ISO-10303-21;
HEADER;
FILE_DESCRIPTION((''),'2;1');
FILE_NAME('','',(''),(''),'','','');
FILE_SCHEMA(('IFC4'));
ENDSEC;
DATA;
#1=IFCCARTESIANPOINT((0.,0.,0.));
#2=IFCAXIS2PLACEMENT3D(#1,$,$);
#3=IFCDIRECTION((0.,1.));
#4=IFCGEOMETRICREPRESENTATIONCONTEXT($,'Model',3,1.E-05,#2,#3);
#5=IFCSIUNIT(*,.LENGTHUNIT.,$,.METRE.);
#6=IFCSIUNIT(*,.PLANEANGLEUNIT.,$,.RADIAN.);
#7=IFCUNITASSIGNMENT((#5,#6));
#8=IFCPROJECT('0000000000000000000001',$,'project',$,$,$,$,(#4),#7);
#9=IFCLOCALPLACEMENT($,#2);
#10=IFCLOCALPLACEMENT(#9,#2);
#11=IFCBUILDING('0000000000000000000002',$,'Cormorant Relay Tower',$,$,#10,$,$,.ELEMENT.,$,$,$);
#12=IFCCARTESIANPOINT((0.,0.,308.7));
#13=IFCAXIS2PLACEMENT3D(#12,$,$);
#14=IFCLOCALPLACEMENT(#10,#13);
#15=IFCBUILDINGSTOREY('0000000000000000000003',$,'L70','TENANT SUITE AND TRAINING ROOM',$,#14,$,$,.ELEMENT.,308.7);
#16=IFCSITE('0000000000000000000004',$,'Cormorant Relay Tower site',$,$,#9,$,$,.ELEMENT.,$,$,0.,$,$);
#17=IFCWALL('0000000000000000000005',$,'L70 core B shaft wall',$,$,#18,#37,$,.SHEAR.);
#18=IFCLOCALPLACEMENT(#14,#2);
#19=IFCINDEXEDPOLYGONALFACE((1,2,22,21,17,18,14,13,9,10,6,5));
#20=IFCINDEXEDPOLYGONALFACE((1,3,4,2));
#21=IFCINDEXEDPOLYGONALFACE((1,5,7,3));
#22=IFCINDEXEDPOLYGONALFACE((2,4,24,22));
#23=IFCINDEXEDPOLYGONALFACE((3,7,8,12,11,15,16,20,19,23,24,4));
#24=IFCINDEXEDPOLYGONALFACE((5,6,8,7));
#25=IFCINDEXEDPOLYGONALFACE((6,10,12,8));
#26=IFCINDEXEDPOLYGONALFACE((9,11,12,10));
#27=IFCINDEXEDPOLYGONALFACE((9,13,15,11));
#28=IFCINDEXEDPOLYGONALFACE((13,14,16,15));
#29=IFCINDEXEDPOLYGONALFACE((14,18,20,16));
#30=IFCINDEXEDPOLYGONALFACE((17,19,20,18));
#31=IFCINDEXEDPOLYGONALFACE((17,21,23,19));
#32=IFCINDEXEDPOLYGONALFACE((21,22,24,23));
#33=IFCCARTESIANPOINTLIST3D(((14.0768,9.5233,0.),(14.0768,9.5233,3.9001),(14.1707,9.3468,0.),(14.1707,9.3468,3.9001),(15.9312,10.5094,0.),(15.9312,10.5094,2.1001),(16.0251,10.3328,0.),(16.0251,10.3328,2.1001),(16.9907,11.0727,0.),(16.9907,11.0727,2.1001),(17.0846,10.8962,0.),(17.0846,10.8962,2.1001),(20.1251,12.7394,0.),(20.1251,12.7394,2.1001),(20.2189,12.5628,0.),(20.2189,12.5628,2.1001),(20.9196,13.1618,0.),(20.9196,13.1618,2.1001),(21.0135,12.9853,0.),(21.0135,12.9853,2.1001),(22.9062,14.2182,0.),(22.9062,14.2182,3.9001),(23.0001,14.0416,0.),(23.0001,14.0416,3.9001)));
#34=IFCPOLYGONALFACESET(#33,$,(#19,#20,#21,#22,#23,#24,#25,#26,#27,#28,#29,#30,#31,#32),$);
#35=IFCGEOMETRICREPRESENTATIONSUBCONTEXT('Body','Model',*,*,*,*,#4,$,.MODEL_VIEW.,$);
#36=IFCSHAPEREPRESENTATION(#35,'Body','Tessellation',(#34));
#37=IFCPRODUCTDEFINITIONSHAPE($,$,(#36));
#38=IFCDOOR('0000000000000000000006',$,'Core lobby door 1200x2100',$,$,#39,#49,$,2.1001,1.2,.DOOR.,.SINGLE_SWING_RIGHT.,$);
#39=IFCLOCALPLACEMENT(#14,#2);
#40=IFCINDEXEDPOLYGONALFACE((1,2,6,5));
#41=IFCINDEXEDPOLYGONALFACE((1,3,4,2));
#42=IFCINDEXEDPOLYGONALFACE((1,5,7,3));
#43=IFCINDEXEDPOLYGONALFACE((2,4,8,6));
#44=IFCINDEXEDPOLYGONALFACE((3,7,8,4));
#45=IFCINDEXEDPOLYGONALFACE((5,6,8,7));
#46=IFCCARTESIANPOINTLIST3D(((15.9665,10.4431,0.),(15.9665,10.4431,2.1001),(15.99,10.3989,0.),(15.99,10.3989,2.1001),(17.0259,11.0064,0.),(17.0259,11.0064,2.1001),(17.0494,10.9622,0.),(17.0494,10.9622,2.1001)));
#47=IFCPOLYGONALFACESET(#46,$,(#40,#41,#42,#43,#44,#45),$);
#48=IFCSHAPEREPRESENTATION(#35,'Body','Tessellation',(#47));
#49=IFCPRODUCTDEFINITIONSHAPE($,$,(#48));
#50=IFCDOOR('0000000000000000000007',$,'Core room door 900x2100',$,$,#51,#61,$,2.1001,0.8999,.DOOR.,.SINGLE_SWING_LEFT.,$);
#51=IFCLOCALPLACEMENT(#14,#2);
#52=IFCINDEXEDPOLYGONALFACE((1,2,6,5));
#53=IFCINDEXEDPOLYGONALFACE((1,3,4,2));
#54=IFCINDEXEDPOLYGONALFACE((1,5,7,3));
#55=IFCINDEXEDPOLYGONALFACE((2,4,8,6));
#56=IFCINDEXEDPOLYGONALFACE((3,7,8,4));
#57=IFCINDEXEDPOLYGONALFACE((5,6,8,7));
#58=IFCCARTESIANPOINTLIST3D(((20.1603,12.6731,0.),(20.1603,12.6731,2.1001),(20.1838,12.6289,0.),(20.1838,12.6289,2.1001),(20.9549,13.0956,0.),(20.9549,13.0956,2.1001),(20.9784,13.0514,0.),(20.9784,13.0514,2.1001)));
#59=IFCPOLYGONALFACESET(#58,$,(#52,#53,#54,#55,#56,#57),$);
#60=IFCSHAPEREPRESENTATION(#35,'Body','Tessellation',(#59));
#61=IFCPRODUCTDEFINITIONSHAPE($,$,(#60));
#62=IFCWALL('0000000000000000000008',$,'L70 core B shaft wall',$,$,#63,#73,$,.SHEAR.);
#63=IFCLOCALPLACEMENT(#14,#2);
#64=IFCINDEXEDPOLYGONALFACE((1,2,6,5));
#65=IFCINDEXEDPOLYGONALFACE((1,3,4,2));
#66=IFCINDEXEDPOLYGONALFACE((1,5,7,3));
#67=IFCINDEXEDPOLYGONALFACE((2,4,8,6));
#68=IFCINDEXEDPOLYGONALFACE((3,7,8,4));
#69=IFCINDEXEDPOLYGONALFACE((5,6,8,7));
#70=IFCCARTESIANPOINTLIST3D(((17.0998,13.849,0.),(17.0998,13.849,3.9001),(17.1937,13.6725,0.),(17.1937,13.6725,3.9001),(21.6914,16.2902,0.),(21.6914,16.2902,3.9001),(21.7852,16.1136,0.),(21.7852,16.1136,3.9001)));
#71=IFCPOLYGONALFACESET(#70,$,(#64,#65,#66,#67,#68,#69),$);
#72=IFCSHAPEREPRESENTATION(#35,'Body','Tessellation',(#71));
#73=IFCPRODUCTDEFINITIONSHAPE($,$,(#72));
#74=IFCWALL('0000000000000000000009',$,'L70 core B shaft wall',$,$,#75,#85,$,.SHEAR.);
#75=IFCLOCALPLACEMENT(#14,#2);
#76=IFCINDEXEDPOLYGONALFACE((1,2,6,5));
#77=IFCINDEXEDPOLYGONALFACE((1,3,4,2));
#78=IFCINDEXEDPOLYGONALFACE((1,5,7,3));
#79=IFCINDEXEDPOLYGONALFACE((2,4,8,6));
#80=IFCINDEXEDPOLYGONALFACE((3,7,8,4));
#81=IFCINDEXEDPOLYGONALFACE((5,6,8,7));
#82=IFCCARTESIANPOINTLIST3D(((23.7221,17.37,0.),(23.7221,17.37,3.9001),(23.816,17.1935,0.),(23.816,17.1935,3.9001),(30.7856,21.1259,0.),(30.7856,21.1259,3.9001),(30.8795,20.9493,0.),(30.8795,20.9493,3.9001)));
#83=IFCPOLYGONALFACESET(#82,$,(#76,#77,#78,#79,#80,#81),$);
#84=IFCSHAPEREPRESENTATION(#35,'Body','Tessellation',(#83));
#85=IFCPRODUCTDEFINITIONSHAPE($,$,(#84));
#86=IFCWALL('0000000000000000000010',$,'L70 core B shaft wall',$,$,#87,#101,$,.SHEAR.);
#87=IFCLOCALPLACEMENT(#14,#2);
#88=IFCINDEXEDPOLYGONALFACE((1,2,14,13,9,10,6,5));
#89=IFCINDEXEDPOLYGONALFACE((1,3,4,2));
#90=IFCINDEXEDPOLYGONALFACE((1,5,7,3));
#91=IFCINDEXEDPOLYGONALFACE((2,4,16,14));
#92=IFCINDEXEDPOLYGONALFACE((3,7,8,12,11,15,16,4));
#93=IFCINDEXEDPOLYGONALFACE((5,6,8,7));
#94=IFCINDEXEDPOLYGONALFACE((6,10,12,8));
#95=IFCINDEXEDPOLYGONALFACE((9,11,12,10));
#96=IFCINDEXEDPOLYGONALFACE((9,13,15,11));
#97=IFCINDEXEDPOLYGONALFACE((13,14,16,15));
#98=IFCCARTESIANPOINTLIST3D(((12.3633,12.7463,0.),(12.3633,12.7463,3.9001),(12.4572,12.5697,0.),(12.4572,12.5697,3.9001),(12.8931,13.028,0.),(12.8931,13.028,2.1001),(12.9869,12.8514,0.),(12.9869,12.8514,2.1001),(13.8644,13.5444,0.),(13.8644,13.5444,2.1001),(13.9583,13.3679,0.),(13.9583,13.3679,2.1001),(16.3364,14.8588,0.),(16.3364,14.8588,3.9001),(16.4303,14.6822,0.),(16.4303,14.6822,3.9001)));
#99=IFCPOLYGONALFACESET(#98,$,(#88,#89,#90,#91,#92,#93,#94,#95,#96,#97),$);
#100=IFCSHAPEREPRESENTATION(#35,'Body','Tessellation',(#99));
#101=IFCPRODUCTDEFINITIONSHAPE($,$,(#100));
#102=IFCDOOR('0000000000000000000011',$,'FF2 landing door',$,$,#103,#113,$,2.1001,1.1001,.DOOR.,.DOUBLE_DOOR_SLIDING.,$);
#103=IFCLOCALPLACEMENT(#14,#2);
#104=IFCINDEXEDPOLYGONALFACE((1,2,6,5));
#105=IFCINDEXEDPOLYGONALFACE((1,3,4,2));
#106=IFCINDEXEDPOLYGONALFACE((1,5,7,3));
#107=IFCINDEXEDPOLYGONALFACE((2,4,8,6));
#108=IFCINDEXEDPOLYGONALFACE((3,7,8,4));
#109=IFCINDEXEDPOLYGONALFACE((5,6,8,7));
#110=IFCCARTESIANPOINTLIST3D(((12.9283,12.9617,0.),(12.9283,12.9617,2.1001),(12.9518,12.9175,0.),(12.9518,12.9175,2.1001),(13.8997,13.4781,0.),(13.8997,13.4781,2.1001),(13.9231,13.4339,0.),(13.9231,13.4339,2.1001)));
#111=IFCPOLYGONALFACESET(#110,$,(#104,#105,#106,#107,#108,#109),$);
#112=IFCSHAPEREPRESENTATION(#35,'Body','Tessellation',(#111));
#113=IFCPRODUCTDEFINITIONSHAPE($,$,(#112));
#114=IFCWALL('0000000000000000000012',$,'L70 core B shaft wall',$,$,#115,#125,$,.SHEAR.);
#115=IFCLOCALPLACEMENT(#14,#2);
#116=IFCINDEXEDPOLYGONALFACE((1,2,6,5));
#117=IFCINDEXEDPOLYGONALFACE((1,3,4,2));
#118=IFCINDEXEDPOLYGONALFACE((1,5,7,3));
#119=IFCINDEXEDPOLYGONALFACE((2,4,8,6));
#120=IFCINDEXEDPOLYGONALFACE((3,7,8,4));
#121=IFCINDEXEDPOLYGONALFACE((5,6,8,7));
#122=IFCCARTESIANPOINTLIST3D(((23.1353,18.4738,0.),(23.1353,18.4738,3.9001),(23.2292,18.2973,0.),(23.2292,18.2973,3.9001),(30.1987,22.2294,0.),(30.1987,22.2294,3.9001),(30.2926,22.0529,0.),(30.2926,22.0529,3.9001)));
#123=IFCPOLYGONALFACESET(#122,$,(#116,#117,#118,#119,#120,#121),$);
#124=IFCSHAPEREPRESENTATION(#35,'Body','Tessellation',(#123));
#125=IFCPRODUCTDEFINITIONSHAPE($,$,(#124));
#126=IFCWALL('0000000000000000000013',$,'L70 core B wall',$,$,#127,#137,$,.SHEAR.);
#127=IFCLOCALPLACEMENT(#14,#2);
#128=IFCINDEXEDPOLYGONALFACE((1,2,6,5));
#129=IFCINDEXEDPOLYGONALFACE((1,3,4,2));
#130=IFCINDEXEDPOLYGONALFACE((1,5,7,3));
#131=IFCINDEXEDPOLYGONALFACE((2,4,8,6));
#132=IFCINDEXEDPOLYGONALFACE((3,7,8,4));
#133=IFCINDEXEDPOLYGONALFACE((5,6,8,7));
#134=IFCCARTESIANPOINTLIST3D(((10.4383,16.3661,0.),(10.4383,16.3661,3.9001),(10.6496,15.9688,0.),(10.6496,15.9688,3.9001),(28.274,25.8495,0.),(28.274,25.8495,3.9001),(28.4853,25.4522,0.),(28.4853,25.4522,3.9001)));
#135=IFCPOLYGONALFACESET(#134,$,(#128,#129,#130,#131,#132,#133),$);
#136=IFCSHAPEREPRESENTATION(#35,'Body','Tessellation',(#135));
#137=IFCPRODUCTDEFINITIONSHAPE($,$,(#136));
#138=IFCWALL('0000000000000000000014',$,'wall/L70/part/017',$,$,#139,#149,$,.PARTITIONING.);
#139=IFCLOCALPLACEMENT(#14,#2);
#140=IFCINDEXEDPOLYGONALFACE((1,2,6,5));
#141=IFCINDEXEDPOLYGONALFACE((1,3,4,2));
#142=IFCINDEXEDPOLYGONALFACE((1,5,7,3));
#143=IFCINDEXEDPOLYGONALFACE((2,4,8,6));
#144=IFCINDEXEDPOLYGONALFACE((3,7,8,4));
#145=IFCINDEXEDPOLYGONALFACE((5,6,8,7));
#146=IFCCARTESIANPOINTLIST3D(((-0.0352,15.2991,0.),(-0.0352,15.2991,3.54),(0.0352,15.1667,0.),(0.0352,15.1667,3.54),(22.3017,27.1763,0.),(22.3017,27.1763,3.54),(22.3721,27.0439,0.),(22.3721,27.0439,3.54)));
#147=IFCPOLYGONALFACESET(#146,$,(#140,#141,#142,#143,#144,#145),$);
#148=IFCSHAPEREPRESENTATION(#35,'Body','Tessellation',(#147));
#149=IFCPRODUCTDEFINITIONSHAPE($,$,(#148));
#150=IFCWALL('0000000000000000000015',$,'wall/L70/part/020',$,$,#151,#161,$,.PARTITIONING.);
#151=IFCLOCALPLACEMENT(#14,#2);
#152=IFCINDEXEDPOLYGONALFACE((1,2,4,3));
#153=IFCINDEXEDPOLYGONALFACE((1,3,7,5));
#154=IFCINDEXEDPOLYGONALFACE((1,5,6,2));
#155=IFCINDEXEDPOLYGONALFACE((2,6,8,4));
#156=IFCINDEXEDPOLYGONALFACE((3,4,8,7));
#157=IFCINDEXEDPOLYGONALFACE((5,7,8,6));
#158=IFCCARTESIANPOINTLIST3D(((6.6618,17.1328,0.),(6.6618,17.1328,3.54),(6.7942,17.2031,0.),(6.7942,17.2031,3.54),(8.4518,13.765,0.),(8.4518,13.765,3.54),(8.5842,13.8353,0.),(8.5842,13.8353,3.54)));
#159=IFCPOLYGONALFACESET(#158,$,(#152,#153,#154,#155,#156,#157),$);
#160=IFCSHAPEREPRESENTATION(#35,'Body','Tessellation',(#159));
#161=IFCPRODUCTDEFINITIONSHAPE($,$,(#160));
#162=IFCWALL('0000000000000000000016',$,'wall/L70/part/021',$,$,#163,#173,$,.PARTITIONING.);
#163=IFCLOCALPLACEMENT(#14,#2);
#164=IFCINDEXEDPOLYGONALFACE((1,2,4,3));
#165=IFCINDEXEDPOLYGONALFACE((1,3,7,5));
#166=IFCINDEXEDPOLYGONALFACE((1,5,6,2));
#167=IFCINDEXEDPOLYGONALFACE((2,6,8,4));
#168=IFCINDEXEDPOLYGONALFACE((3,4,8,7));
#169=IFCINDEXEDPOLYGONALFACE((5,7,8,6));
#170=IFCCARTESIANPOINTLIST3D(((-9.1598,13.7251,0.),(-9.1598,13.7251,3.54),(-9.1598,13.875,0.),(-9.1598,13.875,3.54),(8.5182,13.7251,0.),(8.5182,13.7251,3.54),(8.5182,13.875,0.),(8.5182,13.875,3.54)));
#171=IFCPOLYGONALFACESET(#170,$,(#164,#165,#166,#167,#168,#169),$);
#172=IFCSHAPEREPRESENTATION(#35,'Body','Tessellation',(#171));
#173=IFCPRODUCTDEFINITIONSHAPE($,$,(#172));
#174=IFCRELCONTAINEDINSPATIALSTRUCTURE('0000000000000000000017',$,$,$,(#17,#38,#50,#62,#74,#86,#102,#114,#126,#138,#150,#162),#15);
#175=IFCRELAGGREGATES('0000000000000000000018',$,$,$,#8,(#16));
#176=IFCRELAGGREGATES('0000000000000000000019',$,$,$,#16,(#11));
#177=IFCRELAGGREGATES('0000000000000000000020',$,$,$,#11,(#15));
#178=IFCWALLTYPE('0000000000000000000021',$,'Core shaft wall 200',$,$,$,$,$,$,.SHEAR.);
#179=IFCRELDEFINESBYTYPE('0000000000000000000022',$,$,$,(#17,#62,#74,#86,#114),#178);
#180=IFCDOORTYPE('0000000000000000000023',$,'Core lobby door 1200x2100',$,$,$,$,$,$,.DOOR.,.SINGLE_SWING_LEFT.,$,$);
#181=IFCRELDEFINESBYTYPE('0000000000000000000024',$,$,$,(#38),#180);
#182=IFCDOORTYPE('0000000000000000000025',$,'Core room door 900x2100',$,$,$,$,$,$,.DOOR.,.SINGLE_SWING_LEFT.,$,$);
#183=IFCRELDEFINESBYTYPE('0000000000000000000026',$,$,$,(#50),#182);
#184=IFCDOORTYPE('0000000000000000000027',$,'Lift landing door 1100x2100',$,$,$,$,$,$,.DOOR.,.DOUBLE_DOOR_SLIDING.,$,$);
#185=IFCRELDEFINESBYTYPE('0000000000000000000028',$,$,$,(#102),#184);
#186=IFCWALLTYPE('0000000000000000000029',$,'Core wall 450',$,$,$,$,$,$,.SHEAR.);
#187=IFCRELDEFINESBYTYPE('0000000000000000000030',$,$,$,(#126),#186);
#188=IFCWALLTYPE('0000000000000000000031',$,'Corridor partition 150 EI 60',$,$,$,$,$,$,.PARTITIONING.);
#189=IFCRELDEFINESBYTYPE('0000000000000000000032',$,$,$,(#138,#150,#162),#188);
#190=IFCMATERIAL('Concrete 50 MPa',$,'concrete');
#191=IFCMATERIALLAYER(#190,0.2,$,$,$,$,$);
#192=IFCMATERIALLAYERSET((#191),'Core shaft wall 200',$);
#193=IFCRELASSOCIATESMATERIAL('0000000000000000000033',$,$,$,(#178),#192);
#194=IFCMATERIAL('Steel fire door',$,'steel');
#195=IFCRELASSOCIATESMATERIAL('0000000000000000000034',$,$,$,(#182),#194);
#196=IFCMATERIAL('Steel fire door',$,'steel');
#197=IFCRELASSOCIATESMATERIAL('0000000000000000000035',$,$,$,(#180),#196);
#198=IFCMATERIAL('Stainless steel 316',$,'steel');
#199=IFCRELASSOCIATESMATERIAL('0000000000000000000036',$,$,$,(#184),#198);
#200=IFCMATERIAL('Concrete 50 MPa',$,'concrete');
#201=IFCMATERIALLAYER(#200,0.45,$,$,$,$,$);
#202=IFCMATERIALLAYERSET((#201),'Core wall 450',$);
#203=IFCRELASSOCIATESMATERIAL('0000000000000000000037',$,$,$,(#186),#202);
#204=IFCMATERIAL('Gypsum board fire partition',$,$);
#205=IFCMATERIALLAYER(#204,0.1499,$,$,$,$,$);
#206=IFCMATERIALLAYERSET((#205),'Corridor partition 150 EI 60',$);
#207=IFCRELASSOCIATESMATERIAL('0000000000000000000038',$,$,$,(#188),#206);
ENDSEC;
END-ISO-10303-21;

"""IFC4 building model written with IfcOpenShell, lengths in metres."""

from ifc_helpers import new_model, si_unit, direction, frame, frame_2d, origin, place, context, subcontext, project, spatial, rectangle, extrude, material, layer, layer_set, type_object, element, fill, save


model = new_model("IFC4")

# Units and contexts
model_context = context("Model", 3, precision=1e-05, world=origin(), true_north=direction((0.0, 1.0)))
body_context = subcontext(model_context, "Body", "Model", "MODEL_VIEW")
ifc_project = project(units=[si_unit("LENGTHUNIT", "METRE"), si_unit("PLANEANGLEUNIT", "RADIAN")], contexts=[model_context])

# Site, building, storey
site_placement = place(None, origin())
site = spatial("IfcSite", under=ifc_project, at=site_placement, Name="Cormorant Relay Tower site", CompositionType="ELEMENT", RefElevation=0.0)
building_placement = place(site_placement, origin())
building = spatial("IfcBuilding", under=site, at=building_placement, Name="Cormorant Relay Tower", CompositionType="ELEMENT")
storey_placement = place(building_placement, frame((0.0, 0.0, 308.7)))
storey = spatial("IfcBuildingStorey", under=building, at=storey_placement, Name="L70", Description="TENANT SUITE AND TRAINING ROOM", CompositionType="ELEMENT", Elevation=308.7)

# Shared definitions
ifc_material_1 = material(Name="Concrete 50 MPa", Category="concrete")
ifc_layer_1 = layer(ifc_material_1, 0.2)
ifc_layer_set_1 = layer_set([ifc_layer_1], Name="Core shaft wall 200")
wall_type_1 = type_object("IfcWallType", Name="Core shaft wall 200", PredefinedType="SHEAR", material=ifc_layer_set_1)

# Shared definitions
ifc_material_2 = material(Name="Steel fire door", Category="steel")
door_type_1 = type_object("IfcDoorType", Name="Core room door 900x2100", OperationType="SINGLE_SWING_LEFT", PredefinedType="DOOR", material=ifc_material_2)

# Wall, openings, doors
wall_1_placement = place(storey_placement, frame((14.1238, 9.4351, 0.0), z_axis=(0.0, 0.0, 1.0), x_axis=(0.88294, 0.469485, 0.0)))
wall_1 = element("IfcWall", 1, at=wall_1_placement, inside=storey, type_object=wall_type_1, Name="L70 core B shaft wall", PredefinedType="SHEAR", context=body_context, shape_type="SweptSolid", body=[
    extrude(rectangle(XDim=10.0, YDim=0.2, at=frame_2d((5.0, 0.0))), origin(), (0.0, 0.0, 1.0), 3.9001),
])
opening_1_placement = place(wall_1_placement, frame((2.1001, 0.0, 0.0)))
opening_1 = element("IfcOpeningElement", 2, at=opening_1_placement, cuts=wall_1, PredefinedType="OPENING", context=body_context, shape_type="SweptSolid", body=[
    extrude(rectangle(XDim=1.2, YDim=2.1001, at=frame_2d((0.6001, 1.05))), frame((0.0, 0.1099, 0.0), z_axis=(0.0, -1.0, 0.0), x_axis=(1.0, 0.0, 0.0)), (0.0, 0.0, 1.0), 0.22),
])
opening_2_placement = place(wall_1_placement, frame((6.8501, 0.0, 0.0)))
opening_2 = element("IfcOpeningElement", 3, at=opening_2_placement, cuts=wall_1, PredefinedType="OPENING", context=body_context, shape_type="SweptSolid", body=[
    extrude(rectangle(XDim=0.8999, YDim=2.1001, at=frame_2d((0.45, 1.05))), frame((0.0, 0.1099, 0.0), z_axis=(0.0, -1.0, 0.0), x_axis=(1.0, 0.0, 0.0)), (0.0, 0.0, 1.0), 0.22),
])
ifc_material_3 = material(Name="Steel fire door", Category="steel")
door_type_2 = type_object("IfcDoorType", Name="Core lobby door 1200x2100", OperationType="SINGLE_SWING_LEFT", PredefinedType="DOOR", material=ifc_material_3)
door_1_placement = place(opening_1_placement, origin())
door_1 = element("IfcDoor", 4, at=door_1_placement, inside=storey, type_object=door_type_2, Name="Core lobby door 1200x2100", OperationType="SINGLE_SWING_RIGHT", OverallHeight=2.1001, OverallWidth=1.2, PredefinedType="DOOR", context=body_context, shape_type="SweptSolid", body=[
    extrude(rectangle(XDim=1.2, YDim=2.1001, at=frame_2d((0.6001, 1.05))), frame((0.0, 0.0249, 0.0), z_axis=(0.0, -1.0, 0.0), x_axis=(1.0, 0.0, 0.0)), (0.0, 0.0, 1.0), 0.05),
])
fill(opening_1, door_1)
door_2_placement = place(opening_2_placement, origin())
door_2 = element("IfcDoor", 5, at=door_2_placement, inside=storey, type_object=door_type_1, Name="Core room door 900x2100", OperationType="SINGLE_SWING_LEFT", OverallHeight=2.1001, OverallWidth=0.8999, PredefinedType="DOOR", context=body_context, shape_type="SweptSolid", body=[
    extrude(rectangle(XDim=0.8999, YDim=2.1001, at=frame_2d((0.45, 1.05))), frame((0.0, 0.0249, 0.0), z_axis=(0.0, -1.0, 0.0), x_axis=(1.0, 0.0, 0.0)), (0.0, 0.0, 1.0), 0.05),
])
fill(opening_2, door_2)

# Walls
wall_2_placement = place(storey_placement, frame((17.1467, 13.7607, 0.0), z_axis=(0.0, 0.0, 1.0), x_axis=(0.882964, 0.46944, 0.0)))
element("IfcWall", 6, at=wall_2_placement, inside=storey, type_object=wall_type_1, Name="L70 core B shaft wall", PredefinedType="SHEAR", context=body_context, shape_type="SweptSolid", body=[
    extrude(rectangle(XDim=5.2002, YDim=0.2, at=frame_2d((2.6001, 0.0))), origin(), (0.0, 0.0, 1.0), 3.9001),
])
wall_3_placement = place(storey_placement, frame((23.769, 17.2817, 0.0), z_axis=(0.0, 0.0, 1.0), x_axis=(0.88294, 0.469485, 0.0)))
element("IfcWall", 7, at=wall_3_placement, inside=storey, type_object=wall_type_1, Name="L70 core B shaft wall", PredefinedType="SHEAR", context=body_context, shape_type="SweptSolid", body=[
    extrude(rectangle(XDim=8.0, YDim=0.2, at=frame_2d((4.0, 0.0))), origin(), (0.0, 0.0, 1.0), 3.9001),
])

# Wall, opening, door
wall_4_placement = place(storey_placement, frame((12.4102, 12.658, 0.0), z_axis=(0.0, 0.0, 1.0), x_axis=(0.882948, 0.46947, 0.0)))
wall_4 = element("IfcWall", 8, at=wall_4_placement, inside=storey, type_object=wall_type_1, Name="L70 core B shaft wall", PredefinedType="SHEAR", context=body_context, shape_type="SweptSolid", body=[
    extrude(rectangle(XDim=4.4998, YDim=0.2, at=frame_2d((2.25, 0.0))), origin(), (0.0, 0.0, 1.0), 3.9001),
])
opening_3_placement = place(wall_4_placement, frame((0.6001, 0.0, 0.0)))
opening_3 = element("IfcOpeningElement", 9, at=opening_3_placement, cuts=wall_4, PredefinedType="OPENING", context=body_context, shape_type="SweptSolid", body=[
    extrude(rectangle(XDim=1.1001, YDim=2.1001, at=frame_2d((0.55, 1.05))), frame((0.0, 0.1099, 0.0), z_axis=(0.0, -1.0, 0.0), x_axis=(1.0, 0.0, 0.0)), (0.0, 0.0, 1.0), 0.22),
])
ifc_material_4 = material(Name="Stainless steel 316", Category="steel")
door_type_3 = type_object("IfcDoorType", Name="Lift landing door 1100x2100", OperationType="DOUBLE_DOOR_SLIDING", PredefinedType="DOOR", material=ifc_material_4)
door_3_placement = place(opening_3_placement, origin())
door_3 = element("IfcDoor", 10, at=door_3_placement, inside=storey, type_object=door_type_3, Name="FF2 landing door", OperationType="DOUBLE_DOOR_SLIDING", OverallHeight=2.1001, OverallWidth=1.1001, PredefinedType="DOOR", context=body_context, shape_type="SweptSolid", body=[
    extrude(rectangle(XDim=1.1001, YDim=2.1001, at=frame_2d((0.55, 1.05))), frame((0.0, 0.0249, 0.0), z_axis=(0.0, -1.0, 0.0), x_axis=(1.0, 0.0, 0.0)), (0.0, 0.0, 1.0), 0.05),
])
fill(opening_3, door_3)

# Walls
wall_5_placement = place(storey_placement, frame((23.1821, 18.3855, 0.0), z_axis=(0.0, 0.0, 1.0), x_axis=(0.882953, 0.469462, 0.0)))
element("IfcWall", 11, at=wall_5_placement, inside=storey, type_object=wall_type_1, Name="L70 core B shaft wall", PredefinedType="SHEAR", context=body_context, shape_type="SweptSolid", body=[
    extrude(rectangle(XDim=7.9998, YDim=0.2, at=frame_2d((4.0, 0.0))), origin(), (0.0, 0.0, 1.0), 3.9001),
])
ifc_material_5 = material(Name="Concrete 50 MPa", Category="concrete")
ifc_layer_2 = layer(ifc_material_5, 0.45)
ifc_layer_set_2 = layer_set([ifc_layer_2], Name="Core wall 450")
wall_type_2 = type_object("IfcWallType", Name="Core wall 450", PredefinedType="SHEAR", material=ifc_layer_set_2)
wall_6_placement = place(storey_placement, frame((10.5439, 16.1675, 0.0), z_axis=(0.0, 0.0, 1.0), x_axis=(0.882948, 0.469471, 0.0)))
element("IfcWall", 12, at=wall_6_placement, inside=storey, type_object=wall_type_2, Name="L70 core B wall", PredefinedType="SHEAR", context=body_context, shape_type="SweptSolid", body=[
    extrude(rectangle(XDim=20.2002, YDim=0.45, at=frame_2d((10.1001, 0.0))), origin(), (0.0, 0.0, 1.0), 3.9001),
])
ifc_material_6 = material(Name="Gypsum board fire partition")
ifc_layer_3 = layer(ifc_material_6, 0.1499)
ifc_layer_set_3 = layer_set([ifc_layer_3], Name="Corridor partition 150 EI 60")
wall_type_3 = type_object("IfcWallType", Name="Corridor partition 150 EI 60", PredefinedType="PARTITIONING", material=ifc_layer_set_3)
wall_7_placement = place(storey_placement, frame((0.0, 15.2329, 0.0), z_axis=(0.0, 0.0, 1.0), x_axis=(0.88294, 0.469485, 0.0)))
element("IfcWall", 13, at=wall_7_placement, inside=storey, type_object=wall_type_3, Name="wall/L70/part/017", PredefinedType="PARTITIONING", context=body_context, shape_type="SweptSolid", body=[
    extrude(rectangle(XDim=25.2983, YDim=0.1499, at=frame_2d((12.6492, 0.0))), origin(), (0.0, 0.0, 1.0), 3.54),
])
wall_8_placement = place(storey_placement, frame((6.728, 17.168, 0.0), z_axis=(0.0, 0.0, 1.0), x_axis=(0.469325, -0.883025, 0.0)))
element("IfcWall", 14, at=wall_8_placement, inside=storey, type_object=wall_type_3, Name="wall/L70/part/020", PredefinedType="PARTITIONING", context=body_context, shape_type="SweptSolid", body=[
    extrude(rectangle(XDim=3.814, YDim=0.1499, at=frame_2d((1.907, 0.0))), origin(), (0.0, 0.0, 1.0), 3.54),
])
wall_9_placement = place(storey_placement, frame((8.5181, 13.8, 0.0), z_axis=(0.0, 0.0, 1.0), x_axis=(-1.0, 0.0, 0.0)))
element("IfcWall", 15, at=wall_9_placement, inside=storey, type_object=wall_type_3, Name="wall/L70/part/021", PredefinedType="PARTITIONING", context=body_context, shape_type="SweptSolid", body=[
    extrude(rectangle(XDim=17.678, YDim=0.1499, at=frame_2d((8.8389, 0.0))), origin(), (0.0, 0.0, 1.0), 3.54),
])

save(model, "model.ifc")
